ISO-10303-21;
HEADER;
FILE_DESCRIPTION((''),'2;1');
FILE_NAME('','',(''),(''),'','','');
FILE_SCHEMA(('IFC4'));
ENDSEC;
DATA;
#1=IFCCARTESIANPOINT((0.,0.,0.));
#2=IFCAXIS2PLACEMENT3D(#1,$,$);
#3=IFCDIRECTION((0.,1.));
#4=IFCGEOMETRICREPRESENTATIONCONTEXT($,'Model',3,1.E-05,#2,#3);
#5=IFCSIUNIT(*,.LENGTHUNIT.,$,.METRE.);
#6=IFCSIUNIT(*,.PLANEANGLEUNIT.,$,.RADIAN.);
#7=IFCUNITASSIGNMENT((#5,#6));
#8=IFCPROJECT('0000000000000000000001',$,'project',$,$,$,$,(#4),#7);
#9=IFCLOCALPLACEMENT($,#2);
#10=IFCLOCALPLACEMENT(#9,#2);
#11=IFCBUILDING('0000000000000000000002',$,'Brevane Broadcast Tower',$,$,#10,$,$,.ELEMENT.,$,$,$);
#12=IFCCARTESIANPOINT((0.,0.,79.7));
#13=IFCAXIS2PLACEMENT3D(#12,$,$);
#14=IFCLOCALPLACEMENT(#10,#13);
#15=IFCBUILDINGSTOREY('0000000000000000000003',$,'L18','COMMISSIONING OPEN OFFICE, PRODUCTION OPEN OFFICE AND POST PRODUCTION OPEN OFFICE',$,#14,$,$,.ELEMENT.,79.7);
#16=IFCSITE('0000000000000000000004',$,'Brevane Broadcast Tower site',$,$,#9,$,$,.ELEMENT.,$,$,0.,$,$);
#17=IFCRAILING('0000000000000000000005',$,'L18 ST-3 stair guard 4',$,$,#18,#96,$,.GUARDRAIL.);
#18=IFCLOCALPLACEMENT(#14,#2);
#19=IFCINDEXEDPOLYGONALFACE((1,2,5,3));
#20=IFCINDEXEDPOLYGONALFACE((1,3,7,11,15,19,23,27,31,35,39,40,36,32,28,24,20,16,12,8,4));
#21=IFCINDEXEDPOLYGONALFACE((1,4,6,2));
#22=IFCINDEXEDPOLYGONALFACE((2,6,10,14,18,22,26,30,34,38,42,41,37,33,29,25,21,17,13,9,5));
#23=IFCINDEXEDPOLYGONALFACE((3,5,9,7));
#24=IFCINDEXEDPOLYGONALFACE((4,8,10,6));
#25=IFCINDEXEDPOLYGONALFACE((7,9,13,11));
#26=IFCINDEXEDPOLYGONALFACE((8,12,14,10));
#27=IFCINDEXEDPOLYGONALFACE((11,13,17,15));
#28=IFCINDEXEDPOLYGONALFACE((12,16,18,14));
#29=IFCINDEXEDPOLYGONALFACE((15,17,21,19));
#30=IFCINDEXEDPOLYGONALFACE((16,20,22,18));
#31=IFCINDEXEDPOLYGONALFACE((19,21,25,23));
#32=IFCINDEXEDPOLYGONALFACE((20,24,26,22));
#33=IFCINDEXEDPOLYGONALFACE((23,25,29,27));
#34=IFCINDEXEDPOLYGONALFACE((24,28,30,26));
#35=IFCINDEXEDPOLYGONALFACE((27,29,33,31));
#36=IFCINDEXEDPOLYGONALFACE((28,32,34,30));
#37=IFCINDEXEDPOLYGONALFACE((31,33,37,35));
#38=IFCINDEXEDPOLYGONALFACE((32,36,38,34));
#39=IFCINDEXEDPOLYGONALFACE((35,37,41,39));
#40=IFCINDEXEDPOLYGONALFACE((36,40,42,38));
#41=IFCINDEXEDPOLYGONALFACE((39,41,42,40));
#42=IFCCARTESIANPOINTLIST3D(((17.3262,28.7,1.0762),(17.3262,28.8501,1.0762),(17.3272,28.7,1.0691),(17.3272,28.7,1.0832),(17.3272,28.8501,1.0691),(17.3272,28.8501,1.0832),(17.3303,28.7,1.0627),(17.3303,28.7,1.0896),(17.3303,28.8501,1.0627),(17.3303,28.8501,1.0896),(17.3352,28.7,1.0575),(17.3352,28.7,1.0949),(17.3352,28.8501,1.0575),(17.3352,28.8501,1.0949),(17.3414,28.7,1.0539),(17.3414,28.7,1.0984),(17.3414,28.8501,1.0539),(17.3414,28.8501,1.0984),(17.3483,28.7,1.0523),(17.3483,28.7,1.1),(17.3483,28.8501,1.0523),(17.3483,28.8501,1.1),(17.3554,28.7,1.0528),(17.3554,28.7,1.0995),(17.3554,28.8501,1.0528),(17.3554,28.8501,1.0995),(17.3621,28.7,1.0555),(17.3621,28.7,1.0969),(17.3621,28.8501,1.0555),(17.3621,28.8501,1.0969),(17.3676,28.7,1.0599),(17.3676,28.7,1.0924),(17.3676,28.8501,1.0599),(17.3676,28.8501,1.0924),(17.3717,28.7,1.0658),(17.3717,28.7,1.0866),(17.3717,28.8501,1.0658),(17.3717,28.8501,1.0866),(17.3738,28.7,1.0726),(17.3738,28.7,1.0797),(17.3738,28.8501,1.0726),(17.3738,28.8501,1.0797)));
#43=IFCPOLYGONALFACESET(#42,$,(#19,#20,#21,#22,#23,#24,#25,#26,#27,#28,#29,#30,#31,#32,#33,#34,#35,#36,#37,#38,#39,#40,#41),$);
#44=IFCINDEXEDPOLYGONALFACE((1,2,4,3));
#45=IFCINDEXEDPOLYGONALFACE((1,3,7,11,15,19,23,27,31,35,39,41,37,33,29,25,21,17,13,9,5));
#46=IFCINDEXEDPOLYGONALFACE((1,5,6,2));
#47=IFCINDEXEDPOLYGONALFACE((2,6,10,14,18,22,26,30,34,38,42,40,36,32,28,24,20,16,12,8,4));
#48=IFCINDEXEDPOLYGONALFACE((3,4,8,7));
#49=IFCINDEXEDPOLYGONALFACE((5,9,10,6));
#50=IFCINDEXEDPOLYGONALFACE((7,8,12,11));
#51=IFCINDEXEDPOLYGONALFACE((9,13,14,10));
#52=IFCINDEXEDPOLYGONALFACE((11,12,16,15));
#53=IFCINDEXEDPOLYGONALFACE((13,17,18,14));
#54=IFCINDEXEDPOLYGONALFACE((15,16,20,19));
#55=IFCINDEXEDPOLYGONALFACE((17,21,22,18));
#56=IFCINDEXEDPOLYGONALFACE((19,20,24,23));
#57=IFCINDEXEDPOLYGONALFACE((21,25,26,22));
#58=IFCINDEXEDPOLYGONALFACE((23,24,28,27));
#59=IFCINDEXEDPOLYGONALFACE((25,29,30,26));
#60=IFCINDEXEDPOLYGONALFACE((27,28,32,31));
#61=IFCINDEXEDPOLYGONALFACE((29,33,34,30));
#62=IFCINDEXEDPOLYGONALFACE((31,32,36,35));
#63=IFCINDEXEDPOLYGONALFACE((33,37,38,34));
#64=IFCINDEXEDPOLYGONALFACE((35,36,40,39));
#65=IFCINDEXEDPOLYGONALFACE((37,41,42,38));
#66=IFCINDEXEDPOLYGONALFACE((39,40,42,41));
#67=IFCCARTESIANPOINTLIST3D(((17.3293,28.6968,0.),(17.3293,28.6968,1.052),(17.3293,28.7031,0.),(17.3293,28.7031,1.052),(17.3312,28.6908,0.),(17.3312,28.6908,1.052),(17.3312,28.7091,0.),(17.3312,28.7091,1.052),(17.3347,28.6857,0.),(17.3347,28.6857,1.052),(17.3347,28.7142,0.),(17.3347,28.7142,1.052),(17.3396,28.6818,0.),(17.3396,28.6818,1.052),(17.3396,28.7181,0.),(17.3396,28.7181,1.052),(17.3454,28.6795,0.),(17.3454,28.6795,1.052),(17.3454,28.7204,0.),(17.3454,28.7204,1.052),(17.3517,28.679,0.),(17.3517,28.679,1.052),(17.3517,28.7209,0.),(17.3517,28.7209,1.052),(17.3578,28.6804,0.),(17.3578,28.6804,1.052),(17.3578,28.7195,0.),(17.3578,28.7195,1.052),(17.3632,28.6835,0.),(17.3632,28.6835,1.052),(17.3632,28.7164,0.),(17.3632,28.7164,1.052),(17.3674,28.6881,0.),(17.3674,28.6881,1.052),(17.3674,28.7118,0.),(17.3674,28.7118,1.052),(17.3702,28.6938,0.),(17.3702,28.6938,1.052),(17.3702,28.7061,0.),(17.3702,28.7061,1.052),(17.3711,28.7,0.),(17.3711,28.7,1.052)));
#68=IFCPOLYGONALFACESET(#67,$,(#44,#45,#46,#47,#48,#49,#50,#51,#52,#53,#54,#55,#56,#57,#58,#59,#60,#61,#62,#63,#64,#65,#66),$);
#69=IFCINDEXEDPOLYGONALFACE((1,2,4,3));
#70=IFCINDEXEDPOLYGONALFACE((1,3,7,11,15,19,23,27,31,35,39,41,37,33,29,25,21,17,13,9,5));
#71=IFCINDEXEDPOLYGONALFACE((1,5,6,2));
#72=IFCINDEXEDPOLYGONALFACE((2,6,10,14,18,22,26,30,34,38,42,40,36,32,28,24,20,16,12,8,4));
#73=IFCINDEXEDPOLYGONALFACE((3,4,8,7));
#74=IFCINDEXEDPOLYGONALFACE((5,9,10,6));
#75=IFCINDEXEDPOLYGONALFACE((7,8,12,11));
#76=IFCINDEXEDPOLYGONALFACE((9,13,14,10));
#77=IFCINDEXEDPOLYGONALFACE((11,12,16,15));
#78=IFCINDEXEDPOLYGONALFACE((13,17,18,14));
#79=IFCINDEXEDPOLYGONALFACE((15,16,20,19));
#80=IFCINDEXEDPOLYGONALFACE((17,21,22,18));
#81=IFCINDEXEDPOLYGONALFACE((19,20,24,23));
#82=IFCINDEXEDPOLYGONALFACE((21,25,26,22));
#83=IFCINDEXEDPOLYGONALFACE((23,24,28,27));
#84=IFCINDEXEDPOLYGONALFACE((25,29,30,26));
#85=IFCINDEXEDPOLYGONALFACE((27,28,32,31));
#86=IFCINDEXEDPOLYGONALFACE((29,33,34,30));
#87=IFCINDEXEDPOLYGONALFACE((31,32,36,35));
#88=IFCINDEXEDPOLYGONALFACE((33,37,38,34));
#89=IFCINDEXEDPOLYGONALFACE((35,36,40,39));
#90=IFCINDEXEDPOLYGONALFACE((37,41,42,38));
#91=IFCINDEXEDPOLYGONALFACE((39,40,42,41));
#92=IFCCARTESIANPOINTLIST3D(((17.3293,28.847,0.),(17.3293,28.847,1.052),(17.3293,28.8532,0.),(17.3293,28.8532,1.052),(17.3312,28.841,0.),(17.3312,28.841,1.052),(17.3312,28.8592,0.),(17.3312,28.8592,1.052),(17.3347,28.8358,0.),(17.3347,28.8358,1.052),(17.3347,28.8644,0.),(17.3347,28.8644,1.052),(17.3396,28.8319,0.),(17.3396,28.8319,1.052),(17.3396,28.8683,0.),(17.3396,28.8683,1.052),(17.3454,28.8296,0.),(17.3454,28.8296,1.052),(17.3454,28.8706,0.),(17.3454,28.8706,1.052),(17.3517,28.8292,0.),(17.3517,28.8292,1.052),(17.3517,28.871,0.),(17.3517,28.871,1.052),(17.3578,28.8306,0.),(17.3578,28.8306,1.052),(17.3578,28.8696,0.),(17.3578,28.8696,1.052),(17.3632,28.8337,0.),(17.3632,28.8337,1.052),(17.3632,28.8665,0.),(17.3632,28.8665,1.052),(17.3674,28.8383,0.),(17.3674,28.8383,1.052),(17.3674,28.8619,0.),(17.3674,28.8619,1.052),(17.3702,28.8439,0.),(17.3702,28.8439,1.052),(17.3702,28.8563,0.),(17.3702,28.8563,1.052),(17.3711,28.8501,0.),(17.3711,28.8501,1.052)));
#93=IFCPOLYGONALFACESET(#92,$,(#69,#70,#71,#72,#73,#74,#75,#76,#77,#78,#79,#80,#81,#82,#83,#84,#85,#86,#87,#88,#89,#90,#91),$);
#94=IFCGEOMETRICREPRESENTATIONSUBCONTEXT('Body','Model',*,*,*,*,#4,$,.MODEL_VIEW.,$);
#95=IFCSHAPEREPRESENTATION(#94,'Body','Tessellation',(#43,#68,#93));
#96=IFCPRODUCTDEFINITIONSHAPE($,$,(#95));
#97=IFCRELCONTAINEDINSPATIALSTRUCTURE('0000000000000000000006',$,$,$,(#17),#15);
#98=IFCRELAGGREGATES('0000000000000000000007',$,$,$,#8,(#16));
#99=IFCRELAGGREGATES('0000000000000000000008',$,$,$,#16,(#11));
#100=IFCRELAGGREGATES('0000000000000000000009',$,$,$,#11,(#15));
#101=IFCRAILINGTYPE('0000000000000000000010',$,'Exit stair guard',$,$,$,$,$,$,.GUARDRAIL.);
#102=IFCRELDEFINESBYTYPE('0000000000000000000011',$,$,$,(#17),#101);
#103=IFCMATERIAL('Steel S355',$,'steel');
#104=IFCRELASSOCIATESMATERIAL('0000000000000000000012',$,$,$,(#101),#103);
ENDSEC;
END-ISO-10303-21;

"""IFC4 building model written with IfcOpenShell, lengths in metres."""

from ifc_helpers import new_model, si_unit, direction, frame, origin, origin_2d, place, context, subcontext, project, spatial, circle, extrude, material, type_object, element, save


model = new_model("IFC4")

# Units and contexts
model_context = context("Model", 3, precision=1e-05, world=origin(), true_north=direction((0.0, 1.0)))
body_context = subcontext(model_context, "Body", "Model", "MODEL_VIEW")
ifc_project = project(units=[si_unit("LENGTHUNIT", "METRE"), si_unit("PLANEANGLEUNIT", "RADIAN")], contexts=[model_context])

# Site, building, storey
site_placement = place(None, origin())
site = spatial("IfcSite", under=ifc_project, at=site_placement, Name="Brevane Broadcast Tower site", CompositionType="ELEMENT", RefElevation=0.0)
building_placement = place(site_placement, origin())
building = spatial("IfcBuilding", under=site, at=building_placement, Name="Brevane Broadcast Tower", CompositionType="ELEMENT")
storey_placement = place(building_placement, frame((0.0, 0.0, 79.7)))
storey = spatial("IfcBuildingStorey", under=building, at=storey_placement, Name="L18", Description="COMMISSIONING OPEN OFFICE, PRODUCTION OPEN OFFICE AND POST PRODUCTION OPEN OFFICE", CompositionType="ELEMENT", Elevation=79.7)

# Railing
ifc_material_1 = material(Name="Steel S355", Category="steel")
railing_type_1 = type_object("IfcRailingType", Name="Exit stair guard", PredefinedType="GUARDRAIL", material=ifc_material_1)
railing_1_placement = place(storey_placement, frame((17.3501, 28.7, 0.0)))
element("IfcRailing", 1, at=railing_1_placement, inside=storey, type_object=railing_type_1, Name="L18 ST-3 stair guard 4", PredefinedType="GUARDRAIL", context=body_context, shape_type="SweptSolid", body=[
    extrude(circle(Radius=0.0239, at=origin_2d()), frame((0.0, 0.0, 1.0762), z_axis=(0.0, 1.0, 0.0), x_axis=(-1.0, 0.0, 0.0)), (0.0, 0.0, 1.0), 0.1501),
    extrude(circle(Radius=0.021, at=origin_2d()), origin(), (0.0, 0.0, 1.0), 1.052),
    extrude(circle(Radius=0.021, at=origin_2d()), frame((0.0, 0.1501, 0.0)), (0.0, 0.0, 1.0), 1.052),
])

save(model, "model.ifc")
